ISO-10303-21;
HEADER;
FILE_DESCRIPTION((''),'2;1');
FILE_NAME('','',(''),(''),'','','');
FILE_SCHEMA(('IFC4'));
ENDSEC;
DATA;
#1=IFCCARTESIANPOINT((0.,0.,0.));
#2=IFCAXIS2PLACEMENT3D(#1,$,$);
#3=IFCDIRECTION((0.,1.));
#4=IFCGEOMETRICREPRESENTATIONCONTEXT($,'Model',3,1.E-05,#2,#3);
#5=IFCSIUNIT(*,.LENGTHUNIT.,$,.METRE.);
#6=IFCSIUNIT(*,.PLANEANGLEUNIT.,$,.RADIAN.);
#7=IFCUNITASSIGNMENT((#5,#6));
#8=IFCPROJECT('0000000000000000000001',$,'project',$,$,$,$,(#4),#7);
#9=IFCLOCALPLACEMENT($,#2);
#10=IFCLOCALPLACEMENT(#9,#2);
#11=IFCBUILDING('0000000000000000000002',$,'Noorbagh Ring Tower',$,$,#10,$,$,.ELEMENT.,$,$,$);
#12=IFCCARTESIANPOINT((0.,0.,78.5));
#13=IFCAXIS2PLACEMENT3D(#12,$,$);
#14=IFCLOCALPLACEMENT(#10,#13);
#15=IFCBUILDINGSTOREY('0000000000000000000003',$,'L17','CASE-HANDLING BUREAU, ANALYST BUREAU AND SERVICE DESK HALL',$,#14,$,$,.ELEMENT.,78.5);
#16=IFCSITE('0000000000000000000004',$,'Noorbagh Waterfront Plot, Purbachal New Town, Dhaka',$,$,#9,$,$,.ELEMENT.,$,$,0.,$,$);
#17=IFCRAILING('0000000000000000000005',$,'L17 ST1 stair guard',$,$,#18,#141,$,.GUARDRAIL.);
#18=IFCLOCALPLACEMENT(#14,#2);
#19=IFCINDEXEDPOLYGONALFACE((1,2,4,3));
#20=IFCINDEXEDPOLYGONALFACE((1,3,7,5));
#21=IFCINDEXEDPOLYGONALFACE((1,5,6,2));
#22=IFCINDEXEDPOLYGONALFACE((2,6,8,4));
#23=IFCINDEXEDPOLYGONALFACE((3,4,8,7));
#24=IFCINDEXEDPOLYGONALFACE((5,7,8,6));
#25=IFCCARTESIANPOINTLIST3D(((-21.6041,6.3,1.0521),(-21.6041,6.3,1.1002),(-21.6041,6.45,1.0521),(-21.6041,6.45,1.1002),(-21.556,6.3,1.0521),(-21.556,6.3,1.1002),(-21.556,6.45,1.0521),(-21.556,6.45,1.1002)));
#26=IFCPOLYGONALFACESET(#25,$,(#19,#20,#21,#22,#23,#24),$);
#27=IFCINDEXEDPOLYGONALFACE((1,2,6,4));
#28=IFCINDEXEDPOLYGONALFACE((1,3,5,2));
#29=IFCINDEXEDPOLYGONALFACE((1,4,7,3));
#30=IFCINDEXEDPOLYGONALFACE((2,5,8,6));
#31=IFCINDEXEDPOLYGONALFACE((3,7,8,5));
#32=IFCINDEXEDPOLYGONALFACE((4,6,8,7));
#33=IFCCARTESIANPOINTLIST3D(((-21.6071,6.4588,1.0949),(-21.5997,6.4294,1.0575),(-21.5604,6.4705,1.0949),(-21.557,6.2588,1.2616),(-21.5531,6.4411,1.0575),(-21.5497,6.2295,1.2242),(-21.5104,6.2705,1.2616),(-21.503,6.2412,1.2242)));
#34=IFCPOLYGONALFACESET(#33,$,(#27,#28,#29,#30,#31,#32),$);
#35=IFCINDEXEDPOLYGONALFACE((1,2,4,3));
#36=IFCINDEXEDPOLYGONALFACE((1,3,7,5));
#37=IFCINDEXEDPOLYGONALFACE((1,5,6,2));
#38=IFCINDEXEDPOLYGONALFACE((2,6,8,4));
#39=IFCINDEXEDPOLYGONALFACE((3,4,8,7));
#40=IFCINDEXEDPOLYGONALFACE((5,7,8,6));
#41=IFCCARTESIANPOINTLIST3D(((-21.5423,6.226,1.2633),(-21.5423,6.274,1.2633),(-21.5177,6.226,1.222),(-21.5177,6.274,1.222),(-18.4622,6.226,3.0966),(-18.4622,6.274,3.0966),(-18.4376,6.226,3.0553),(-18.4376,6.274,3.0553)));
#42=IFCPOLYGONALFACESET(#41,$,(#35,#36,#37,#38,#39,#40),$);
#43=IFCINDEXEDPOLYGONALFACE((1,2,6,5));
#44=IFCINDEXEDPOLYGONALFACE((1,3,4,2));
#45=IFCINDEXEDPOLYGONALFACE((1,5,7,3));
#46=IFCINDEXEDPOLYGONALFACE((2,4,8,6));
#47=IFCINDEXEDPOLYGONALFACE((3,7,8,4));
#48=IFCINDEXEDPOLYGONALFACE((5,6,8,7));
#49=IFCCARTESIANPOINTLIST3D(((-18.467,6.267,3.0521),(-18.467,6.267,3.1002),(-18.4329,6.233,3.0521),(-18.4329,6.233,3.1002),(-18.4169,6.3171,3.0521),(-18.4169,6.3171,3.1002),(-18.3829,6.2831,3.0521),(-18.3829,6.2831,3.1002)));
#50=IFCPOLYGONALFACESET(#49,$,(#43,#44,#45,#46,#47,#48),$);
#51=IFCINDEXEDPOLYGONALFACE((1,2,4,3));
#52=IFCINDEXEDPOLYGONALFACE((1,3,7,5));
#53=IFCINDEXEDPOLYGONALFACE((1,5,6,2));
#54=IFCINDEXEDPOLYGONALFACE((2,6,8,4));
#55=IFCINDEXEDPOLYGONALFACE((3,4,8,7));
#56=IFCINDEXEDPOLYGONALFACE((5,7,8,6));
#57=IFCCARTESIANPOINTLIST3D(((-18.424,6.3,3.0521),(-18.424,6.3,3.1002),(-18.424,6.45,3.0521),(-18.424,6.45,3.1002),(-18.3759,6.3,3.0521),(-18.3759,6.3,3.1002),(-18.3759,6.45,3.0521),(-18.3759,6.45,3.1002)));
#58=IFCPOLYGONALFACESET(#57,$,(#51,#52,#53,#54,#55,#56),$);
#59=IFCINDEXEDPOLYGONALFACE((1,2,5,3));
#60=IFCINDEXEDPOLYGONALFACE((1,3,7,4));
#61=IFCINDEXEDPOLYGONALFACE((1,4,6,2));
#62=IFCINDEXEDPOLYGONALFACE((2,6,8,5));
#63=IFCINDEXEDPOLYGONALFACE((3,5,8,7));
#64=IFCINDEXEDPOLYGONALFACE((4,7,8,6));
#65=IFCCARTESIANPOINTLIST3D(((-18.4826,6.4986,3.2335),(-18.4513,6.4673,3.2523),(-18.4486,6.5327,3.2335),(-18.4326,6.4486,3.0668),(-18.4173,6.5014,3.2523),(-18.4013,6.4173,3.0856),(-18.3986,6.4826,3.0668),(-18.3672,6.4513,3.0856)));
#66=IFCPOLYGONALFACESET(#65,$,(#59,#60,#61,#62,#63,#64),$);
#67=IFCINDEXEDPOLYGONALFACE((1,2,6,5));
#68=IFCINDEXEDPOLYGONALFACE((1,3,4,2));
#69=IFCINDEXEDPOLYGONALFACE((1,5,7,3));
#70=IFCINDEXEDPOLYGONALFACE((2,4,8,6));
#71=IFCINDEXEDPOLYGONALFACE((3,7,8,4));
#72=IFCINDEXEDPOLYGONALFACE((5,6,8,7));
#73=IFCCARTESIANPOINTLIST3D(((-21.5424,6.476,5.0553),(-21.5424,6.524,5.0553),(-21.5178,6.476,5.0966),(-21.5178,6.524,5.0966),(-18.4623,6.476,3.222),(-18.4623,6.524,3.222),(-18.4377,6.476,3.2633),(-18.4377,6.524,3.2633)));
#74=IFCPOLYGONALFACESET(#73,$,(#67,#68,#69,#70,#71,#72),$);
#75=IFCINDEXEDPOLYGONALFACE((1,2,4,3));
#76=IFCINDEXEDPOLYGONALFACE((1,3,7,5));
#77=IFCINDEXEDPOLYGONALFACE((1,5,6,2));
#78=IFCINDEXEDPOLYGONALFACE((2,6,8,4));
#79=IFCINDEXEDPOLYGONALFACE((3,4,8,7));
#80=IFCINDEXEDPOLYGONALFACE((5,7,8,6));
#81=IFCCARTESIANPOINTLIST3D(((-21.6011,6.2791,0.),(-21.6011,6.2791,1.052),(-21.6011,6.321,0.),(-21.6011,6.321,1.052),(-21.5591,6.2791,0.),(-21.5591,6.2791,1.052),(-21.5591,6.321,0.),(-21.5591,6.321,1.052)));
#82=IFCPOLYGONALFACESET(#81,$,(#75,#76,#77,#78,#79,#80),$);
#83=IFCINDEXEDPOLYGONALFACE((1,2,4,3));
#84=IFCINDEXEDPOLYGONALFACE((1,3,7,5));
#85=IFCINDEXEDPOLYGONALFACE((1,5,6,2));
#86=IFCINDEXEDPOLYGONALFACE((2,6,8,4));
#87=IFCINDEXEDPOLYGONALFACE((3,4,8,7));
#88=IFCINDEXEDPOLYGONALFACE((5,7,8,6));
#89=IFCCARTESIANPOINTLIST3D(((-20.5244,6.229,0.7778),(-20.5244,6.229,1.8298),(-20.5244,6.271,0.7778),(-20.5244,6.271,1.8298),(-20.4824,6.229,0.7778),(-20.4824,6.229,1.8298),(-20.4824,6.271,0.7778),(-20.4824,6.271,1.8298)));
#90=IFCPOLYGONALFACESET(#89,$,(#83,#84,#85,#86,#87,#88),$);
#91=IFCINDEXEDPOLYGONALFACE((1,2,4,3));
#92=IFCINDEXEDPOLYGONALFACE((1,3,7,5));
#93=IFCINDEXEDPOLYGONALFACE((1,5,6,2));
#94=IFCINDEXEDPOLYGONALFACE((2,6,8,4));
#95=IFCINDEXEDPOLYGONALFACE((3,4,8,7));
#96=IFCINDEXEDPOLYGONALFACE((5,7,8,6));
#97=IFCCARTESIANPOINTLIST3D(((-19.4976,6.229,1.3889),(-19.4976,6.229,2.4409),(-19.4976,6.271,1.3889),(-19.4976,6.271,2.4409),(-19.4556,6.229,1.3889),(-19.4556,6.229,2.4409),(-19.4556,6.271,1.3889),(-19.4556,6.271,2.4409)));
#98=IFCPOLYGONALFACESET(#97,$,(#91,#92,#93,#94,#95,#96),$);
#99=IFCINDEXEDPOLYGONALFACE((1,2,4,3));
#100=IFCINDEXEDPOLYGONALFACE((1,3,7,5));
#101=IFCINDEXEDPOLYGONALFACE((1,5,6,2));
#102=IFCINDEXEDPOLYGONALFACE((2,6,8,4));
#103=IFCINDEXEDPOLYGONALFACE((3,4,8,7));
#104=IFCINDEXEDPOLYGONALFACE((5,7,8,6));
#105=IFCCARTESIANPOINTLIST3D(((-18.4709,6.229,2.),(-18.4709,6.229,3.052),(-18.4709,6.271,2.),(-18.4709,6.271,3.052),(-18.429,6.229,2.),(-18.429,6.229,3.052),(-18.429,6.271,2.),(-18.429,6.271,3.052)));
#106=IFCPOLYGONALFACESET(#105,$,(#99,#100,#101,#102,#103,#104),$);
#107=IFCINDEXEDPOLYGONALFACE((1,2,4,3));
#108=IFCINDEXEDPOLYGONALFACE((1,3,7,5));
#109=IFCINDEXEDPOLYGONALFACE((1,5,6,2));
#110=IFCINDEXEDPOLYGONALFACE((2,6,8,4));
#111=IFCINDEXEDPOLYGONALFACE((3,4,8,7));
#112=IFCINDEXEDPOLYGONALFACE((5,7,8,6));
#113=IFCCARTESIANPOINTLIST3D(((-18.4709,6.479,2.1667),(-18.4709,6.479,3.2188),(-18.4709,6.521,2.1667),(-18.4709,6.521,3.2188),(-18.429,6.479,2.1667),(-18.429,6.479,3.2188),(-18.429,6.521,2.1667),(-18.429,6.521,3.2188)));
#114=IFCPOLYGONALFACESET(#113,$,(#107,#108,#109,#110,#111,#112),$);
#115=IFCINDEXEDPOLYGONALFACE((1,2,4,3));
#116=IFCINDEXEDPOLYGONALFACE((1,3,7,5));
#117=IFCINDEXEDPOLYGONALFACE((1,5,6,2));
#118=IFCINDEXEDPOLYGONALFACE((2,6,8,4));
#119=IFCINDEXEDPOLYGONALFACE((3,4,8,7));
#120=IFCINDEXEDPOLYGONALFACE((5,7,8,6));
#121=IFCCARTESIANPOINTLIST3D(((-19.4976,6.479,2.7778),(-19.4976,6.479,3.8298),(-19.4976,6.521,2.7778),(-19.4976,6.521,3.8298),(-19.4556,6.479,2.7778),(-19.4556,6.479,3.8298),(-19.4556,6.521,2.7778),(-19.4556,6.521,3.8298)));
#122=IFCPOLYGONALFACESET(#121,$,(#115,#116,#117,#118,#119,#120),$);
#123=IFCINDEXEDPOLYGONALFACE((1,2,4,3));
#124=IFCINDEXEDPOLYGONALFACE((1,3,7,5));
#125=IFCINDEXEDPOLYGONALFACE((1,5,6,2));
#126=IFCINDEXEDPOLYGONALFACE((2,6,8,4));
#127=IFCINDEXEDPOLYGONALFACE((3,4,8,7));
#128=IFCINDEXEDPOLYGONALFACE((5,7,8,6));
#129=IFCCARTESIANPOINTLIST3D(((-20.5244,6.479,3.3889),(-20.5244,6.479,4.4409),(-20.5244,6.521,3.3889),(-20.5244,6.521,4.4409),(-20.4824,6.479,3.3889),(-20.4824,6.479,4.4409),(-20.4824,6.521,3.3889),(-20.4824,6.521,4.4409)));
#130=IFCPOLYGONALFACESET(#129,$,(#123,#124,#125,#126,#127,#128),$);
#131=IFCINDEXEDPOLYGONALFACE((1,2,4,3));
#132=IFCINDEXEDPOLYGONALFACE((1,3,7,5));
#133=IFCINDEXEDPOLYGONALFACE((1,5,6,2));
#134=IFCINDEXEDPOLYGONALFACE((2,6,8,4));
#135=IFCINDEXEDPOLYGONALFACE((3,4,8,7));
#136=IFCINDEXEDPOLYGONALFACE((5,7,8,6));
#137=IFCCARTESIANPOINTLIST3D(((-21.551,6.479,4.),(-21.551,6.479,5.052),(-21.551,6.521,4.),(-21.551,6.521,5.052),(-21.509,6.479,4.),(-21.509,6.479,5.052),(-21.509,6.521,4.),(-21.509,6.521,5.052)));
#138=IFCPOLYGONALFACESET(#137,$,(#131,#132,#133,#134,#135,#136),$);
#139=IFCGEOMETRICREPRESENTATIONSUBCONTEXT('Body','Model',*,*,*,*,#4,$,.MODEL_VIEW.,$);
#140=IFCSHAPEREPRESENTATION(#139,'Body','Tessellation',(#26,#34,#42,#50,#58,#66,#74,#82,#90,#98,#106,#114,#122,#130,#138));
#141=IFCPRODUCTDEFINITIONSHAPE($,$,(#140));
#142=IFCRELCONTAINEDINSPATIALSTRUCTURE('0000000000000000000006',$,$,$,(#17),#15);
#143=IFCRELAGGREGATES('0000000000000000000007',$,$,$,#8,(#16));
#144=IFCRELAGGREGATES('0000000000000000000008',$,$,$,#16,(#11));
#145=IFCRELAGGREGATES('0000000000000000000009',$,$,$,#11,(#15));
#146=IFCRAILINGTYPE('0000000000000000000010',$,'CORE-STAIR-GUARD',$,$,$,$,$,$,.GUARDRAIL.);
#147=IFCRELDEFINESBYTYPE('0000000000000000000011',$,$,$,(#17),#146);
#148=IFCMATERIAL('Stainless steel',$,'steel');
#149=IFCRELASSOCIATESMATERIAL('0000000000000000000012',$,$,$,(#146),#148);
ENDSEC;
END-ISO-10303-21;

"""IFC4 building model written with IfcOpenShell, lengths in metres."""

from ifc_helpers import new_model, si_unit, direction, frame, origin, origin_2d, place, context, subcontext, project, spatial, rectangle, extrude, material, type_object, element, save


model = new_model("IFC4")

# Units and contexts
model_context = context("Model", 3, precision=1e-05, world=origin(), true_north=direction((0.0, 1.0)))
body_context = subcontext(model_context, "Body", "Model", "MODEL_VIEW")
ifc_project = project(units=[si_unit("LENGTHUNIT", "METRE"), si_unit("PLANEANGLEUNIT", "RADIAN")], contexts=[model_context])

# Site, building, storey
site_placement = place(None, origin())
site = spatial("IfcSite", under=ifc_project, at=site_placement, Name="Noorbagh Waterfront Plot, Purbachal New Town, Dhaka", CompositionType="ELEMENT", RefElevation=0.0)
building_placement = place(site_placement, origin())
building = spatial("IfcBuilding", under=site, at=building_placement, Name="Noorbagh Ring Tower", CompositionType="ELEMENT")
storey_placement = place(building_placement, frame((0.0, 0.0, 78.5)))
storey = spatial("IfcBuildingStorey", under=building, at=storey_placement, Name="L17", Description="CASE-HANDLING BUREAU, ANALYST BUREAU AND SERVICE DESK HALL", CompositionType="ELEMENT", Elevation=78.5)

# Railing
ifc_material_1 = material(Name="Stainless steel", Category="steel")
railing_type_1 = type_object("IfcRailingType", Name="CORE-STAIR-GUARD", PredefinedType="GUARDRAIL", material=ifc_material_1)
railing_1_placement = place(storey_placement, frame((-21.5801, 6.3, 0.0)))
element("IfcRailing", 1, at=railing_1_placement, inside=storey, type_object=railing_type_1, Name="L17 ST1 stair guard", PredefinedType="GUARDRAIL", context=body_context, shape_type="SweptSolid", body=[
    extrude(rectangle(XDim=0.0481, YDim=0.0481, at=origin_2d()), frame((0.0, 0.0, 1.0762), z_axis=(0.0, 1.0, 0.0), x_axis=(-1.0, 0.0, 0.0)), (0.0, 0.0, 1.0), 0.1499),
    extrude(rectangle(XDim=0.0481, YDim=0.0481, at=origin_2d()), frame((0.0, 0.1499, 1.0762), z_axis=(0.188776, -0.754182, 0.628946), x_axis=(0.970073, 0.242814, 0.0)), (0.0, 0.0, 1.0), 0.2651),
    extrude(rectangle(XDim=0.0481, YDim=0.0481, at=origin_2d()), frame((0.05, -0.05, 1.2427), z_axis=(0.859309, 0.0, 0.511458), x_axis=(0.0, 1.0, 0.0)), (0.0, 0.0, 1.0), 3.5845),
    extrude(rectangle(XDim=0.0481, YDim=0.0481, at=origin_2d()), frame((3.1301, -0.05, 3.0762), z_axis=(0.707107, 0.707107, 0.0), x_axis=(-0.707107, 0.707107, 0.0)), (0.0, 0.0, 1.0), 0.0708),
    extrude(rectangle(XDim=0.0481, YDim=0.0481, at=origin_2d()), frame((3.1802, 0.0, 3.0762), z_axis=(0.0, 1.0, 0.0), x_axis=(-1.0, 0.0, 0.0)), (0.0, 0.0, 1.0), 0.1499),
    extrude(rectangle(XDim=0.0481, YDim=0.0481, at=origin_2d()), frame((3.1802, 0.1499, 3.0762), z_axis=(-0.276287, 0.276287, 0.920506), x_axis=(-0.707107, -0.707107, 0.0)), (0.0, 0.0, 1.0), 0.1812),
    extrude(rectangle(XDim=0.0481, YDim=0.0481, at=origin_2d()), frame((3.1301, 0.2, 3.2427), z_axis=(-0.859309, 0.0, 0.511458), x_axis=(0.0, -1.0, 0.0)), (0.0, 0.0, 1.0), 3.5845),
    extrude(rectangle(XDim=0.042, YDim=0.042, at=origin_2d()), origin(), (0.0, 0.0, 1.0), 1.052),
    extrude(rectangle(XDim=0.042, YDim=0.042, at=origin_2d()), frame((1.0767, -0.05, 0.7778)), (0.0, 0.0, 1.0), 1.052),
    extrude(rectangle(XDim=0.042, YDim=0.042, at=origin_2d()), frame((2.1035, -0.05, 1.3889)), (0.0, 0.0, 1.0), 1.052),
    extrude(rectangle(XDim=0.042, YDim=0.042, at=origin_2d()), frame((3.1301, -0.05, 2.0)), (0.0, 0.0, 1.0), 1.052),
    extrude(rectangle(XDim=0.042, YDim=0.042, at=origin_2d()), frame((3.1301, 0.2, 2.1667)), (0.0, 0.0, 1.0), 1.052),
    extrude(rectangle(XDim=0.042, YDim=0.042, at=origin_2d()), frame((2.1035, 0.2, 2.7778)), (0.0, 0.0, 1.0), 1.052),
    extrude(rectangle(XDim=0.042, YDim=0.042, at=origin_2d()), frame((1.0767, 0.2, 3.3889)), (0.0, 0.0, 1.0), 1.052),
    extrude(rectangle(XDim=0.042, YDim=0.042, at=origin_2d()), frame((0.05, 0.2, 4.0)), (0.0, 0.0, 1.0), 1.052),
])

save(model, "model.ifc")
